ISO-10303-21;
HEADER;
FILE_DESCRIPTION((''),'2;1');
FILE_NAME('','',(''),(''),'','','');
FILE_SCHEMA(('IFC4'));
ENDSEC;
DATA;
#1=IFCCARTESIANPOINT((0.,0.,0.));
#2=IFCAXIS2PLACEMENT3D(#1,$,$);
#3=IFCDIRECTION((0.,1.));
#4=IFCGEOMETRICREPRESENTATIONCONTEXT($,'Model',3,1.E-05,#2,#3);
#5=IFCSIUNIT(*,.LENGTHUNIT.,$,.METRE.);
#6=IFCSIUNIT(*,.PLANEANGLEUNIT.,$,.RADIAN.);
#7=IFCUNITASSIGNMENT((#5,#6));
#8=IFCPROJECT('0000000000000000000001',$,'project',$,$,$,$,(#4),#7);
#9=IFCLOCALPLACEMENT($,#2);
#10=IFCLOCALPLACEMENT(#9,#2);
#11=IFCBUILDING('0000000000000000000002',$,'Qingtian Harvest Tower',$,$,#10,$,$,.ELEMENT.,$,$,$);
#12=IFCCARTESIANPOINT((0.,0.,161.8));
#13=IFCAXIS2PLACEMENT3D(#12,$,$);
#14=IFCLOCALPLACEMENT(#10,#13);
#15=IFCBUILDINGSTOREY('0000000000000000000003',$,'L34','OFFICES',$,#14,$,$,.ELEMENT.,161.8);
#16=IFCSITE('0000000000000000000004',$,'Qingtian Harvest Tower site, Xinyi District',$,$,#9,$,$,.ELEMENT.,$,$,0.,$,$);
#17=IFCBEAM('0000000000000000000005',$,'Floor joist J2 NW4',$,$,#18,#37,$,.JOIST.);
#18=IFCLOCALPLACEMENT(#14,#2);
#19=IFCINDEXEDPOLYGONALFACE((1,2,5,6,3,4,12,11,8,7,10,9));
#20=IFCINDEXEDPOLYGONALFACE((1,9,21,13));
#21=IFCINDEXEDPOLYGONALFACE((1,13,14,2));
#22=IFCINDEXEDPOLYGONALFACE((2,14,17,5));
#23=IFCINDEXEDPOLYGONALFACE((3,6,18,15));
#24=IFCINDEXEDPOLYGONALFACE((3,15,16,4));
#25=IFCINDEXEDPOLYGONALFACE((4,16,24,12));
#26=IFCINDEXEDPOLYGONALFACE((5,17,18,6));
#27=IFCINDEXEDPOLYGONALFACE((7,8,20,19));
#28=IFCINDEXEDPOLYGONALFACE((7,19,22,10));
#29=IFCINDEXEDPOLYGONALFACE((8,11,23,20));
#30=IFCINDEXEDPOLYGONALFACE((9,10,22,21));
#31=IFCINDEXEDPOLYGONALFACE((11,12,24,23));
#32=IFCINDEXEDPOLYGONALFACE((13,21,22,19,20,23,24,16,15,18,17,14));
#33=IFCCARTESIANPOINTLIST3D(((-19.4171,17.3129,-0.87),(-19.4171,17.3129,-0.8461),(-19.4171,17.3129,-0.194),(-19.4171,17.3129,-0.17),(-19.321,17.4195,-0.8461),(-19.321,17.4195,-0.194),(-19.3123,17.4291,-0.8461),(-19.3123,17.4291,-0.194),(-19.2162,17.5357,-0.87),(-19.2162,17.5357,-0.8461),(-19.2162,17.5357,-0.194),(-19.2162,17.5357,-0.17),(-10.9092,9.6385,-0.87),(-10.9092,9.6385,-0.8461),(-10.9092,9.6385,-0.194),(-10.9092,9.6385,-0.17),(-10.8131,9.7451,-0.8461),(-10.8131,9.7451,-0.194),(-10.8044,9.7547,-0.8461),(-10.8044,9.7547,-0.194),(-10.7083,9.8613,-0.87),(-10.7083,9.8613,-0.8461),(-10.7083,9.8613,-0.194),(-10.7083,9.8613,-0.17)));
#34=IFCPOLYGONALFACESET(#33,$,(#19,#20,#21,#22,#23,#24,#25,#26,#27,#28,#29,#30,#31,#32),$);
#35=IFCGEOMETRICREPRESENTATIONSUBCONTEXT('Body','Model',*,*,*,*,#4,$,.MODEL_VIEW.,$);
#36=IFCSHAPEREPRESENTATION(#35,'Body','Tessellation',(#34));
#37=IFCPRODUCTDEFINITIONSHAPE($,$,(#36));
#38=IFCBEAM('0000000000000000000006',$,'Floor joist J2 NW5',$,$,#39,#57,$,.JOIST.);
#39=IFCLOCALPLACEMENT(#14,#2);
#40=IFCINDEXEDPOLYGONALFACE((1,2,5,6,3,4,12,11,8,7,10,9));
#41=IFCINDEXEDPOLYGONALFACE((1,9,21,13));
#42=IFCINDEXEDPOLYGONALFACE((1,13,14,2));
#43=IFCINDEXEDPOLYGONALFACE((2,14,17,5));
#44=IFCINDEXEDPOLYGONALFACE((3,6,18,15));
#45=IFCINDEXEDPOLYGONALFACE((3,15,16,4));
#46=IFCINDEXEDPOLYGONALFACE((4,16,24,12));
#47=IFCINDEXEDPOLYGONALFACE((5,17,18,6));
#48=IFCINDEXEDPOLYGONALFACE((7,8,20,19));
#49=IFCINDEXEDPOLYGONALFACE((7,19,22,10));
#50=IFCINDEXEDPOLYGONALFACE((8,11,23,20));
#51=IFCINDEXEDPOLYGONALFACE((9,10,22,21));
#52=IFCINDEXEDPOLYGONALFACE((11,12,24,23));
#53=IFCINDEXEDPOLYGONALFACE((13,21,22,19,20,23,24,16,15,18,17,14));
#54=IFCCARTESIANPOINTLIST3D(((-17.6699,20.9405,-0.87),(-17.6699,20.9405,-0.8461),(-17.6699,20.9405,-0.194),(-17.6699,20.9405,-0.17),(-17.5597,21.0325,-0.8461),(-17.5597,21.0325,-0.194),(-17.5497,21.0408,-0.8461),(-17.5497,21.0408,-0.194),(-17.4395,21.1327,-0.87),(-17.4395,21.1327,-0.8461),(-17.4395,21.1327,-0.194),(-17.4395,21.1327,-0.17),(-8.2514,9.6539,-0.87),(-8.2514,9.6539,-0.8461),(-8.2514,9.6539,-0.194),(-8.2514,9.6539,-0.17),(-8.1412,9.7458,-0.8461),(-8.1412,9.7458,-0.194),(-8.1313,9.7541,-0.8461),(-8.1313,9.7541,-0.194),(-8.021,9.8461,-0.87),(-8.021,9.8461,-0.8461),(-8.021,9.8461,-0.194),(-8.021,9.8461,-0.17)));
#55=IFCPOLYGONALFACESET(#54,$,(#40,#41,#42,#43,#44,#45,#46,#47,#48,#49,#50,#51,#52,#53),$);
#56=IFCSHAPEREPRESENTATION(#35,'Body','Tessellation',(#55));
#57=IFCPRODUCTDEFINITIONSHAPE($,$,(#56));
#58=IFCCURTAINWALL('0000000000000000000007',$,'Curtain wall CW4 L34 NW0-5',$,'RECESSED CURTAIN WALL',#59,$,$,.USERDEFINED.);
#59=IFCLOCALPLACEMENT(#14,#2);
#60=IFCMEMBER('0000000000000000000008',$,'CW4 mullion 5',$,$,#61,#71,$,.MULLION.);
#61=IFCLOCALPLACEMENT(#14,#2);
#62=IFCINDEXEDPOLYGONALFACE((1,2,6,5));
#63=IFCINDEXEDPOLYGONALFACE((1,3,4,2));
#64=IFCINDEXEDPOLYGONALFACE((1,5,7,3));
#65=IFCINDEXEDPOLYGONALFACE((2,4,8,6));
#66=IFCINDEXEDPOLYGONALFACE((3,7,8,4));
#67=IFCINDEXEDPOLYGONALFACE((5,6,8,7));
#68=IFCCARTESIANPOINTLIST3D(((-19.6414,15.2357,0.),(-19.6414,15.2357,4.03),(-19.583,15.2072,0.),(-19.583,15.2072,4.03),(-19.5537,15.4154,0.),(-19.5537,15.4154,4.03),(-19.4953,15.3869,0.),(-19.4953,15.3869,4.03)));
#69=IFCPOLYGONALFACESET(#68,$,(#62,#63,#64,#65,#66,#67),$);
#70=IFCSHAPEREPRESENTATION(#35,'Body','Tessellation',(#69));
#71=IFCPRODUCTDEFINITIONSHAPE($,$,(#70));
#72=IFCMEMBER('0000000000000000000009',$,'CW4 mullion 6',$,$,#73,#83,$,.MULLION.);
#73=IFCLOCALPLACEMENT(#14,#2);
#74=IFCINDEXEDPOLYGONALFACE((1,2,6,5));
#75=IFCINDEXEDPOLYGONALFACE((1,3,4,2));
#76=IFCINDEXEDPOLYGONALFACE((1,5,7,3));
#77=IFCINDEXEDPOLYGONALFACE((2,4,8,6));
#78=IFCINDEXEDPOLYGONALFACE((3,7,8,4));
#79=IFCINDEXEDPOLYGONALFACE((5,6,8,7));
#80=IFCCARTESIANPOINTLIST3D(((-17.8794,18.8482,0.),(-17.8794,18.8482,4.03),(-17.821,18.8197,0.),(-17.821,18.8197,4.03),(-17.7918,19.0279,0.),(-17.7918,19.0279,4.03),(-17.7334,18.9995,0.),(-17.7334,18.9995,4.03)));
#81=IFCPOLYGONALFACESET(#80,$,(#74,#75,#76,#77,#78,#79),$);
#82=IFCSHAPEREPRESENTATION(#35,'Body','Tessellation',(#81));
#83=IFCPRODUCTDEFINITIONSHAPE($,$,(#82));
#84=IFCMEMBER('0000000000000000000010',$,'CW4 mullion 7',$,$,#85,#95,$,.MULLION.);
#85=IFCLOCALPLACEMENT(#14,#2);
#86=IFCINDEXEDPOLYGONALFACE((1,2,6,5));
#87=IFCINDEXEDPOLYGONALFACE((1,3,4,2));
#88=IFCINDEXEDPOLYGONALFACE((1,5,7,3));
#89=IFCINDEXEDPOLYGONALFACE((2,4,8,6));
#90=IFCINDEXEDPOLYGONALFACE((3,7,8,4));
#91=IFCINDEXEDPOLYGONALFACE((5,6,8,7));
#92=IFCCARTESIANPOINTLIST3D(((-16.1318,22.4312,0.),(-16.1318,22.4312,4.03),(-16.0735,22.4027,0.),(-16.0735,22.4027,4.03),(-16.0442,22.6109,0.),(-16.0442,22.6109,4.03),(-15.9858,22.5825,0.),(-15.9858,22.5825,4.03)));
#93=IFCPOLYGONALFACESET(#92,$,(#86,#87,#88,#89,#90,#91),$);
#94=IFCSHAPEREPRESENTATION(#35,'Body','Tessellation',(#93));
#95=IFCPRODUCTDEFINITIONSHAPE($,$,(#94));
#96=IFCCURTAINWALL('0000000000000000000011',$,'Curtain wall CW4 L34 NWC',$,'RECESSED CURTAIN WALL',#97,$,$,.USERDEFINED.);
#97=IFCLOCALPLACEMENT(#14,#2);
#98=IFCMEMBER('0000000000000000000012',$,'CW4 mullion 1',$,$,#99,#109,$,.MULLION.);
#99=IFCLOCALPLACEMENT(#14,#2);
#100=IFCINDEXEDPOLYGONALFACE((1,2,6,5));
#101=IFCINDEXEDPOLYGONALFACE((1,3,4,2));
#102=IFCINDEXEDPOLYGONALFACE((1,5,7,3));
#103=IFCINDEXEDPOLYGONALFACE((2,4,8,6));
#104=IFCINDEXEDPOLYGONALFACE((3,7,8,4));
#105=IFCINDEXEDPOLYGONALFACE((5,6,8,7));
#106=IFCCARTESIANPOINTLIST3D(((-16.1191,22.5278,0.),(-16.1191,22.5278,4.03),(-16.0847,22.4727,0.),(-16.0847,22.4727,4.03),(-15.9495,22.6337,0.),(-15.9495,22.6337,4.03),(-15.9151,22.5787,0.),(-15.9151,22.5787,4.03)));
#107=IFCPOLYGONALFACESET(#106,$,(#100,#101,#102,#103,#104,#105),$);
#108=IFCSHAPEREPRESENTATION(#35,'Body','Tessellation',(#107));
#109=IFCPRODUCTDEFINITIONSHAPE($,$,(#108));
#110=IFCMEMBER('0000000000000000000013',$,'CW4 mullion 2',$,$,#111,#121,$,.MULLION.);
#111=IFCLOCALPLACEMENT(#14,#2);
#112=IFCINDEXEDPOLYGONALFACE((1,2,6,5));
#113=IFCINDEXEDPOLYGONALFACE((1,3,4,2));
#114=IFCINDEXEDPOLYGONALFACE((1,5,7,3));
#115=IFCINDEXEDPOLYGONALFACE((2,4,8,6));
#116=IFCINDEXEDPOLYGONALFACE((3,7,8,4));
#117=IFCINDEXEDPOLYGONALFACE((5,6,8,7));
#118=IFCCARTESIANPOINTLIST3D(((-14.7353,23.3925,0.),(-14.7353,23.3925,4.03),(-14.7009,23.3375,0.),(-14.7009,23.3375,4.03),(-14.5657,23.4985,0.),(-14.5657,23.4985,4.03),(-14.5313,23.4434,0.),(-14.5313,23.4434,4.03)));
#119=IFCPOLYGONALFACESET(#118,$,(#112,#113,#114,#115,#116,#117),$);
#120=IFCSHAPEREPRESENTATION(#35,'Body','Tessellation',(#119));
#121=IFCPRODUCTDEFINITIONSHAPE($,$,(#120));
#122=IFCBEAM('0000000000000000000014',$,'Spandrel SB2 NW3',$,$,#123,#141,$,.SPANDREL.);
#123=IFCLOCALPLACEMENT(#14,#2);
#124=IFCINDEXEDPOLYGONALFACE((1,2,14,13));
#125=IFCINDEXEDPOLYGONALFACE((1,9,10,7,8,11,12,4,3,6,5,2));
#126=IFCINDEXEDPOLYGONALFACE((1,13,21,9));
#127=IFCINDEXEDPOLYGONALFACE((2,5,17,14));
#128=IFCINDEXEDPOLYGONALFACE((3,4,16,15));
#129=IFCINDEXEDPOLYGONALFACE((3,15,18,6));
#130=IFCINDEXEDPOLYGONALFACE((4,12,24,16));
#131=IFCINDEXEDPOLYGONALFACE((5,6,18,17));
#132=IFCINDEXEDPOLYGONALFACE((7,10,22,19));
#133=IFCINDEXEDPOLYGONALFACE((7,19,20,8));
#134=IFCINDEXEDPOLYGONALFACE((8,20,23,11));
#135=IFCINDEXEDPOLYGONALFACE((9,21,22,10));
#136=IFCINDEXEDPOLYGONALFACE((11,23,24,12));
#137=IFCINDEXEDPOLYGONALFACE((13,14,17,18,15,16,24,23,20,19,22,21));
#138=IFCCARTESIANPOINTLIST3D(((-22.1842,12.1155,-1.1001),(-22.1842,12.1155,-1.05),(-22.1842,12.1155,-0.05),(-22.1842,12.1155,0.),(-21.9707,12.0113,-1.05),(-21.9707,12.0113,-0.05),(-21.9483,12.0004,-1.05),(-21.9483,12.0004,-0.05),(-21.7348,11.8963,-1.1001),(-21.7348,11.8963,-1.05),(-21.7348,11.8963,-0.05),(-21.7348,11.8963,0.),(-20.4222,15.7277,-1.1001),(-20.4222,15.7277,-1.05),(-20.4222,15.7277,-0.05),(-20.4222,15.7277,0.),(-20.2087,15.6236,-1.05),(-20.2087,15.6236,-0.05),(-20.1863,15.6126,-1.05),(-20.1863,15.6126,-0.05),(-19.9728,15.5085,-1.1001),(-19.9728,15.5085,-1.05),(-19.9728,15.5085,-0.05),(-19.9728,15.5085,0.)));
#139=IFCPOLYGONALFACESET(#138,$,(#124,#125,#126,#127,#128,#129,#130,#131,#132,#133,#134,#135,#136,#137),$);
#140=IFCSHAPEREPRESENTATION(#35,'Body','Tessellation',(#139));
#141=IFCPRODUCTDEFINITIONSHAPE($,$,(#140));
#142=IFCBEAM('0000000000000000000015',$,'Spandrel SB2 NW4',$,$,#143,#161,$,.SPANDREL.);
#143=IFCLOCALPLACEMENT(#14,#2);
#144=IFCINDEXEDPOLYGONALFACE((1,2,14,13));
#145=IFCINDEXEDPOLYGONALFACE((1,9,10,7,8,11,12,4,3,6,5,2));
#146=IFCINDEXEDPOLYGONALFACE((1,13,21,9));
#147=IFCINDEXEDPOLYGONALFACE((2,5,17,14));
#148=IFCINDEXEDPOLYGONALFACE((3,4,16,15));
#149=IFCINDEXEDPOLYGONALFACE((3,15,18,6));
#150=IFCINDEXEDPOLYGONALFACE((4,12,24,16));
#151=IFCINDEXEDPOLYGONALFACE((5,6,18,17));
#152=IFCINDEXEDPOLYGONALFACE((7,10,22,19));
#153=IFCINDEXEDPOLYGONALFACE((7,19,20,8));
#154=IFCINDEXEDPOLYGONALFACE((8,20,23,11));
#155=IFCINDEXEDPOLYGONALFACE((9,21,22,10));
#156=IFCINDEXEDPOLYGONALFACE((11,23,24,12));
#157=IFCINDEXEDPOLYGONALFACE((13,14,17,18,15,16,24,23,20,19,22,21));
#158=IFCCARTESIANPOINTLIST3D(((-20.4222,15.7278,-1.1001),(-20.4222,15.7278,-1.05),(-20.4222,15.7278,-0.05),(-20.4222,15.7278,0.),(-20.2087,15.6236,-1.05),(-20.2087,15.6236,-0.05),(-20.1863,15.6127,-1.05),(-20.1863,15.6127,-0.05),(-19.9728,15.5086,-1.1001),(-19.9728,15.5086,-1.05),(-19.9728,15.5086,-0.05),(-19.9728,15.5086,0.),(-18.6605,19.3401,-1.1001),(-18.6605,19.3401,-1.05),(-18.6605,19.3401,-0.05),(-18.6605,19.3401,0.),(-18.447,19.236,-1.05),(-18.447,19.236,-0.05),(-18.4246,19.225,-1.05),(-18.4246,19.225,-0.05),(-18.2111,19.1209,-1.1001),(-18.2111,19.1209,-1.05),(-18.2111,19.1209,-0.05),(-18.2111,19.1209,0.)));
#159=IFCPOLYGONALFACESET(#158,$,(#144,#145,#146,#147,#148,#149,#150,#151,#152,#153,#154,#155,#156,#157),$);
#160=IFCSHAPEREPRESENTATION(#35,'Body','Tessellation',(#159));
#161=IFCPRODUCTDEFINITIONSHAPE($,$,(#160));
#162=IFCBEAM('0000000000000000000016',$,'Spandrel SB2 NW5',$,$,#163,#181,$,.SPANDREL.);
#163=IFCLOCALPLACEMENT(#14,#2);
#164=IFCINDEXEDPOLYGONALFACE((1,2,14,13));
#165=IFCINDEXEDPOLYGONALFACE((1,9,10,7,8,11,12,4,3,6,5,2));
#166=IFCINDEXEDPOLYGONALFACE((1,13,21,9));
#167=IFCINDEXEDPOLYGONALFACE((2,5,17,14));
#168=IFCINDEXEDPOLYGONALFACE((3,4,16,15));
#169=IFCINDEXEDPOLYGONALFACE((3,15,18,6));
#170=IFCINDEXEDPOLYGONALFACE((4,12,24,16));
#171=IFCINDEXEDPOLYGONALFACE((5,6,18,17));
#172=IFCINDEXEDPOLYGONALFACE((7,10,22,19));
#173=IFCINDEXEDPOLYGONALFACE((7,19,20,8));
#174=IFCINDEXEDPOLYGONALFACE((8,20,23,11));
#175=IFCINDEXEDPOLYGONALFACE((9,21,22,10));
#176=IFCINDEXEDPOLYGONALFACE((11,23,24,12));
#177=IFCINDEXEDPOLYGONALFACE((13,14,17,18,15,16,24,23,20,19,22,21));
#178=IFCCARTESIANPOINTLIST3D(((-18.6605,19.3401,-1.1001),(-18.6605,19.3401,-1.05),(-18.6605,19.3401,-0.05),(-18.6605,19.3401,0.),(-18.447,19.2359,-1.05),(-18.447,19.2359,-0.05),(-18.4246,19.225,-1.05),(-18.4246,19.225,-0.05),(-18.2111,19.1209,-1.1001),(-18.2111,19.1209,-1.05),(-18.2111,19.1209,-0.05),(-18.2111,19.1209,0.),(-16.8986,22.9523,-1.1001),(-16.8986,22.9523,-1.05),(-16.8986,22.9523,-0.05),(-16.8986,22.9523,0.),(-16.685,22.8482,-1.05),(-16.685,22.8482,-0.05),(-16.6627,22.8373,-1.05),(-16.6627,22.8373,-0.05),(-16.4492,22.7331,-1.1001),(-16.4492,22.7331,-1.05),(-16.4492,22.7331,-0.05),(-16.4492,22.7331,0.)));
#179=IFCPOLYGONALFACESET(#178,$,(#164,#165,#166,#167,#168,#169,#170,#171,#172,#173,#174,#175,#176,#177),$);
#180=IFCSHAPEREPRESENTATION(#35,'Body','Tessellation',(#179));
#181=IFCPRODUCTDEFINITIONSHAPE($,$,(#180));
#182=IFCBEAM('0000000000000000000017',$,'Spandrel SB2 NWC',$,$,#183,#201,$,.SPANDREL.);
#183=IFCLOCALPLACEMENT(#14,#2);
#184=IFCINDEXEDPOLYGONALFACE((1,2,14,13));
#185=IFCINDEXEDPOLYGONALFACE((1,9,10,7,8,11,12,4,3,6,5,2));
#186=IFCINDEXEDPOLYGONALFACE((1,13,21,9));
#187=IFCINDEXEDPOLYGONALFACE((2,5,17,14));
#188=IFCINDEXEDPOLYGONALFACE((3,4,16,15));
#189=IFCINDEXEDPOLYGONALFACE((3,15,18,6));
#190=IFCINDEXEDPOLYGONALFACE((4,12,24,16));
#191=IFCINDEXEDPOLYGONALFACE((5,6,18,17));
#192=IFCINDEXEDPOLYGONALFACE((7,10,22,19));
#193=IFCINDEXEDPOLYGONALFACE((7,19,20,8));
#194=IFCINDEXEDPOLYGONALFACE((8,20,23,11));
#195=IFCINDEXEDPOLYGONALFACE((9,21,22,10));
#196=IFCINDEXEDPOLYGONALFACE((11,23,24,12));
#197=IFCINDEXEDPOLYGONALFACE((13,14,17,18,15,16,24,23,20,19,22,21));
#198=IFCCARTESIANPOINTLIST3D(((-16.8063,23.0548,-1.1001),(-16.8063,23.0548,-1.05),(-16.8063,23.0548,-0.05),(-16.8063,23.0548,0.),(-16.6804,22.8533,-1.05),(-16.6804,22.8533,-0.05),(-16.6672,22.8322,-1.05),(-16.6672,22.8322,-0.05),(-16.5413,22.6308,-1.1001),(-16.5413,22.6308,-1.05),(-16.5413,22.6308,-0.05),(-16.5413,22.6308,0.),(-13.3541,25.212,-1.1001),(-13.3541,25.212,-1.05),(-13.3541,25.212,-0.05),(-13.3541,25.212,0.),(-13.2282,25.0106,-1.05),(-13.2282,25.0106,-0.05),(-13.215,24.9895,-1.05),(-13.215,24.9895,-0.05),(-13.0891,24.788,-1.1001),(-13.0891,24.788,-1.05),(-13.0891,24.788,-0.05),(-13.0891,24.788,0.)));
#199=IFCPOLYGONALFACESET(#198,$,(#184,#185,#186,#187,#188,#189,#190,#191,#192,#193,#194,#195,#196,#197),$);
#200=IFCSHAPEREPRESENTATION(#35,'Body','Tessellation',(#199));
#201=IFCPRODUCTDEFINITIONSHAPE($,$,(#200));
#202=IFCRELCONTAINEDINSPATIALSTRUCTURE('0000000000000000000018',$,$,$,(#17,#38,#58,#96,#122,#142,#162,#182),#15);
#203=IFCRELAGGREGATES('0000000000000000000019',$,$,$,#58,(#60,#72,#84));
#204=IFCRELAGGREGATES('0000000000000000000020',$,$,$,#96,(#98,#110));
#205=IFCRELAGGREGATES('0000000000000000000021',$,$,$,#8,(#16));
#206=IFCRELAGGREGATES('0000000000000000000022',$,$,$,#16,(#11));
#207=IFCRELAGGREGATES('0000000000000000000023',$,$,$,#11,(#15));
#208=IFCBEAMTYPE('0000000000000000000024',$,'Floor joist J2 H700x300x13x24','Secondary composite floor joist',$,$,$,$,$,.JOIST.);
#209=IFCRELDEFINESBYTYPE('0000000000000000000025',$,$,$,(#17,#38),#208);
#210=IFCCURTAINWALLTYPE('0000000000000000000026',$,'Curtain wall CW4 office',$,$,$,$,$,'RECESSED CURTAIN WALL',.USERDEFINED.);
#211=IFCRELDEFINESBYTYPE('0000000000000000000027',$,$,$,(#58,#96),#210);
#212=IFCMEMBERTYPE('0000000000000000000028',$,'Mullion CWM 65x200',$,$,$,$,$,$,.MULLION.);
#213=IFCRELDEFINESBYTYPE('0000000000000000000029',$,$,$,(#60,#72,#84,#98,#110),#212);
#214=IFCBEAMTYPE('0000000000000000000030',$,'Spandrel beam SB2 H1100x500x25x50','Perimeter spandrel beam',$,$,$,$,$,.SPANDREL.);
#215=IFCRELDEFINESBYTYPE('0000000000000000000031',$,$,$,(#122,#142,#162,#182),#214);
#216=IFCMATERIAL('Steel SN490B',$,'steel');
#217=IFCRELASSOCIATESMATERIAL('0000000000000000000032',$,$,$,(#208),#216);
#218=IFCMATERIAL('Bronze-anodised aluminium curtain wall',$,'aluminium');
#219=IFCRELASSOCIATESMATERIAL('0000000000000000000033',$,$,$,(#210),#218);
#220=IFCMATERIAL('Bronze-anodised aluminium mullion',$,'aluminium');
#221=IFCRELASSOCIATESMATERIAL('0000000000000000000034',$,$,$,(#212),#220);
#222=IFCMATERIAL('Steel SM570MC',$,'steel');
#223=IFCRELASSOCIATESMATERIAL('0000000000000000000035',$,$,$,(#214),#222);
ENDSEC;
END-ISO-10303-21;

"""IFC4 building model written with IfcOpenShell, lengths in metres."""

from ifc_helpers import new_model, si_unit, direction, frame, origin, origin_2d, place, context, subcontext, project, spatial, rectangle, i_section, extrude, material, material_profile, profile_set, type_object, element, aggregate, save


model = new_model("IFC4")

# Units and contexts
model_context = context("Model", 3, precision=1e-05, world=origin(), true_north=direction((0.0, 1.0)))
body_context = subcontext(model_context, "Body", "Model", "MODEL_VIEW")
ifc_project = project(units=[si_unit("LENGTHUNIT", "METRE"), si_unit("PLANEANGLEUNIT", "RADIAN")], contexts=[model_context])

# Site, building, storey
site_placement = place(None, origin())
site = spatial("IfcSite", under=ifc_project, at=site_placement, Name="Qingtian Harvest Tower site, Xinyi District", CompositionType="ELEMENT", RefElevation=0.0)
building_placement = place(site_placement, origin())
building = spatial("IfcBuilding", under=site, at=building_placement, Name="Qingtian Harvest Tower", CompositionType="ELEMENT")
storey_placement = place(building_placement, frame((0.0, 0.0, 161.8)))
storey = spatial("IfcBuildingStorey", under=building, at=storey_placement, Name="L34", Description="OFFICES", CompositionType="ELEMENT", Elevation=161.8)

# Beams
ifc_material_1 = material(Name="Steel SN490B", Category="steel")
ifc_material_profile_1 = material_profile(ifc_material_1, i_section(OverallWidth=0.3, OverallDepth=0.7, WebThickness=0.0129, FlangeThickness=0.0239, at=origin_2d()), Name="H700x300x13x24")
ifc_profile_set_1 = profile_set([ifc_material_profile_1], Name="Steel SN490B")
beam_type_1 = type_object("IfcBeamType", Name="Floor joist J2 H700x300x13x24", Description="Secondary composite floor joist", PredefinedType="JOIST", material=ifc_profile_set_1)
beam_1_placement = place(storey_placement, frame((-19.3167, 17.4243, -0.52), z_axis=(0.742544, -0.669798, 0.0), x_axis=(0.669798, 0.742544, 0.0)))
element("IfcBeam", 1, at=beam_1_placement, inside=storey, type_object=beam_type_1, Name="Floor joist J2 NW4", PredefinedType="JOIST", context=body_context, shape_type="SweptSolid", body=[
    extrude(i_section(OverallWidth=0.3, OverallDepth=0.7, WebThickness=0.0129, FlangeThickness=0.0239, at=origin_2d()), origin(), (0.0, 0.0, 1.0), 11.4578),
])
beam_2_placement = place(storey_placement, frame((-17.5547, 21.0366, -0.52), z_axis=(0.640704, -0.767788, 0.0), x_axis=(0.767788, 0.640704, 0.0)))
element("IfcBeam", 2, at=beam_2_placement, inside=storey, type_object=beam_type_1, Name="Floor joist J2 NW5", PredefinedType="JOIST", context=body_context, shape_type="SweptSolid", body=[
    extrude(i_section(OverallWidth=0.3, OverallDepth=0.7, WebThickness=0.0129, FlangeThickness=0.0239, at=origin_2d()), origin(), (0.0, 0.0, 1.0), 14.7002),
])

# Curtain walls, members
ifc_material_2 = material(Name="Bronze-anodised aluminium curtain wall", Category="aluminium")
curtain_wall_type = type_object("IfcCurtainWallType", Name="Curtain wall CW4 office", ElementType="RECESSED CURTAIN WALL", PredefinedType="USERDEFINED", material=ifc_material_2)
curtain_wall_1_placement = place(storey_placement, origin())
curtain_wall_1 = element("IfcCurtainWall", 3, at=curtain_wall_1_placement, inside=storey, type_object=curtain_wall_type, Name="Curtain wall CW4 L34 NW0-5", ObjectType="RECESSED CURTAIN WALL", PredefinedType="USERDEFINED")
ifc_material_3 = material(Name="Bronze-anodised aluminium mullion", Category="aluminium")
ifc_material_profile_2 = material_profile(ifc_material_3, rectangle(XDim=0.0649, YDim=0.2, at=origin_2d()), Name="AL 65x200")
ifc_profile_set_2 = profile_set([ifc_material_profile_2], Name="Bronze-anodised aluminium mullion")
member_type_1 = type_object("IfcMemberType", Name="Mullion CWM 65x200", PredefinedType="MULLION", material=ifc_profile_set_2)
member_1_placement = place(storey_placement, frame((-19.5684, 15.3113, 0.0), z_axis=(0.0, 0.0, 1.0), x_axis=(-0.898794, 0.438371, 0.0)))
member_1 = element("IfcMember", 4, at=member_1_placement, type_object=member_type_1, Name="CW4 mullion 5", PredefinedType="MULLION", context=body_context, shape_type="SweptSolid", body=[
    extrude(rectangle(XDim=0.0649, YDim=0.2, at=origin_2d()), origin(), (0.0, 0.0, 1.0), 4.03),
])
member_2_placement = place(storey_placement, frame((-17.8064, 18.9238, 0.0), z_axis=(0.0, 0.0, 1.0), x_axis=(-0.898794, 0.438371, 0.0)))
member_2 = element("IfcMember", 5, at=member_2_placement, type_object=member_type_1, Name="CW4 mullion 6", PredefinedType="MULLION", context=body_context, shape_type="SweptSolid", body=[
    extrude(rectangle(XDim=0.0649, YDim=0.2, at=origin_2d()), origin(), (0.0, 0.0, 1.0), 4.03),
])
member_3_placement = place(storey_placement, frame((-16.0588, 22.5068, 0.0), z_axis=(0.0, 0.0, 1.0), x_axis=(-0.898794, 0.438371, 0.0)))
member_3 = element("IfcMember", 6, at=member_3_placement, type_object=member_type_1, Name="CW4 mullion 7", PredefinedType="MULLION", context=body_context, shape_type="SweptSolid", body=[
    extrude(rectangle(XDim=0.0649, YDim=0.2, at=origin_2d()), origin(), (0.0, 0.0, 1.0), 4.03),
])
curtain_wall_2_placement = place(storey_placement, origin())
curtain_wall_2 = element("IfcCurtainWall", 7, at=curtain_wall_2_placement, inside=storey, type_object=curtain_wall_type, Name="Curtain wall CW4 L34 NWC", ObjectType="RECESSED CURTAIN WALL", PredefinedType="USERDEFINED")
member_4_placement = place(storey_placement, frame((-16.0171, 22.5532, 0.0), z_axis=(0.0, 0.0, 1.0), x_axis=(-0.529919, 0.848048, 0.0)))
member_4 = element("IfcMember", 8, at=member_4_placement, type_object=member_type_1, Name="CW4 mullion 1", PredefinedType="MULLION", context=body_context, shape_type="SweptSolid", body=[
    extrude(rectangle(XDim=0.0649, YDim=0.2, at=origin_2d()), origin(), (0.0, 0.0, 1.0), 4.03),
])
member_5_placement = place(storey_placement, frame((-14.6333, 23.418, 0.0), z_axis=(0.0, 0.0, 1.0), x_axis=(-0.529919, 0.848048, 0.0)))
member_5 = element("IfcMember", 9, at=member_5_placement, type_object=member_type_1, Name="CW4 mullion 2", PredefinedType="MULLION", context=body_context, shape_type="SweptSolid", body=[
    extrude(rectangle(XDim=0.0649, YDim=0.2, at=origin_2d()), origin(), (0.0, 0.0, 1.0), 4.03),
])

# Beams
ifc_material_4 = material(Name="Steel SM570MC", Category="steel")
ifc_material_profile_3 = material_profile(ifc_material_4, i_section(OverallWidth=0.5, OverallDepth=1.1001, WebThickness=0.0249, FlangeThickness=0.05, at=origin_2d()), Name="H1100x500x25x50")
ifc_profile_set_3 = profile_set([ifc_material_profile_3], Name="Steel SM570MC")
beam_type_2 = type_object("IfcBeamType", Name="Spandrel beam SB2 H1100x500x25x50", Description="Perimeter spandrel beam", PredefinedType="SPANDREL", material=ifc_profile_set_3)
for number, where, z_axis, x_axis, name in (
    (10, (-21.9595, 12.0059, -0.55), (0.438396, 0.898782, 0.0), (-0.898782, 0.438396, 0.0), "Spandrel SB2 NW3"),
    (11, (-20.1975, 15.6182, -0.55), (0.438347, 0.898806, 0.0), (-0.898806, 0.438347, 0.0), "Spandrel SB2 NW4"),
    (12, (-18.4358, 19.2305, -0.55), (0.438396, 0.898782, 0.0), (-0.898782, 0.438396, 0.0), "Spandrel SB2 NW5"),
):
    element("IfcBeam", number, at=place(storey_placement, frame(where, z_axis=z_axis, x_axis=x_axis)), inside=storey, type_object=beam_type_2, Name=name, PredefinedType="SPANDREL", context=body_context, shape_type="SweptSolid", body=[
        extrude(i_section(OverallWidth=0.5, OverallDepth=1.1001, WebThickness=0.0249, FlangeThickness=0.05, at=origin_2d()), origin(), (0.0, 0.0, 1.0), 4.019),
    ])
beam_3_placement = place(storey_placement, frame((-16.6738, 22.8428, -0.55), z_axis=(0.848039, 0.529934, 0.0), x_axis=(-0.529934, 0.848039, 0.0)))
element("IfcBeam", 13, at=beam_3_placement, inside=storey, type_object=beam_type_2, Name="Spandrel SB2 NWC", PredefinedType="SPANDREL", context=body_context, shape_type="SweptSolid", body=[
    extrude(i_section(OverallWidth=0.5, OverallDepth=1.1001, WebThickness=0.0249, FlangeThickness=0.05, at=origin_2d()), origin(), (0.0, 0.0, 1.0), 4.0708),
])

aggregate(curtain_wall_1, [member_1, member_2, member_3])
aggregate(curtain_wall_2, [member_4, member_5])

save(model, "model.ifc")
